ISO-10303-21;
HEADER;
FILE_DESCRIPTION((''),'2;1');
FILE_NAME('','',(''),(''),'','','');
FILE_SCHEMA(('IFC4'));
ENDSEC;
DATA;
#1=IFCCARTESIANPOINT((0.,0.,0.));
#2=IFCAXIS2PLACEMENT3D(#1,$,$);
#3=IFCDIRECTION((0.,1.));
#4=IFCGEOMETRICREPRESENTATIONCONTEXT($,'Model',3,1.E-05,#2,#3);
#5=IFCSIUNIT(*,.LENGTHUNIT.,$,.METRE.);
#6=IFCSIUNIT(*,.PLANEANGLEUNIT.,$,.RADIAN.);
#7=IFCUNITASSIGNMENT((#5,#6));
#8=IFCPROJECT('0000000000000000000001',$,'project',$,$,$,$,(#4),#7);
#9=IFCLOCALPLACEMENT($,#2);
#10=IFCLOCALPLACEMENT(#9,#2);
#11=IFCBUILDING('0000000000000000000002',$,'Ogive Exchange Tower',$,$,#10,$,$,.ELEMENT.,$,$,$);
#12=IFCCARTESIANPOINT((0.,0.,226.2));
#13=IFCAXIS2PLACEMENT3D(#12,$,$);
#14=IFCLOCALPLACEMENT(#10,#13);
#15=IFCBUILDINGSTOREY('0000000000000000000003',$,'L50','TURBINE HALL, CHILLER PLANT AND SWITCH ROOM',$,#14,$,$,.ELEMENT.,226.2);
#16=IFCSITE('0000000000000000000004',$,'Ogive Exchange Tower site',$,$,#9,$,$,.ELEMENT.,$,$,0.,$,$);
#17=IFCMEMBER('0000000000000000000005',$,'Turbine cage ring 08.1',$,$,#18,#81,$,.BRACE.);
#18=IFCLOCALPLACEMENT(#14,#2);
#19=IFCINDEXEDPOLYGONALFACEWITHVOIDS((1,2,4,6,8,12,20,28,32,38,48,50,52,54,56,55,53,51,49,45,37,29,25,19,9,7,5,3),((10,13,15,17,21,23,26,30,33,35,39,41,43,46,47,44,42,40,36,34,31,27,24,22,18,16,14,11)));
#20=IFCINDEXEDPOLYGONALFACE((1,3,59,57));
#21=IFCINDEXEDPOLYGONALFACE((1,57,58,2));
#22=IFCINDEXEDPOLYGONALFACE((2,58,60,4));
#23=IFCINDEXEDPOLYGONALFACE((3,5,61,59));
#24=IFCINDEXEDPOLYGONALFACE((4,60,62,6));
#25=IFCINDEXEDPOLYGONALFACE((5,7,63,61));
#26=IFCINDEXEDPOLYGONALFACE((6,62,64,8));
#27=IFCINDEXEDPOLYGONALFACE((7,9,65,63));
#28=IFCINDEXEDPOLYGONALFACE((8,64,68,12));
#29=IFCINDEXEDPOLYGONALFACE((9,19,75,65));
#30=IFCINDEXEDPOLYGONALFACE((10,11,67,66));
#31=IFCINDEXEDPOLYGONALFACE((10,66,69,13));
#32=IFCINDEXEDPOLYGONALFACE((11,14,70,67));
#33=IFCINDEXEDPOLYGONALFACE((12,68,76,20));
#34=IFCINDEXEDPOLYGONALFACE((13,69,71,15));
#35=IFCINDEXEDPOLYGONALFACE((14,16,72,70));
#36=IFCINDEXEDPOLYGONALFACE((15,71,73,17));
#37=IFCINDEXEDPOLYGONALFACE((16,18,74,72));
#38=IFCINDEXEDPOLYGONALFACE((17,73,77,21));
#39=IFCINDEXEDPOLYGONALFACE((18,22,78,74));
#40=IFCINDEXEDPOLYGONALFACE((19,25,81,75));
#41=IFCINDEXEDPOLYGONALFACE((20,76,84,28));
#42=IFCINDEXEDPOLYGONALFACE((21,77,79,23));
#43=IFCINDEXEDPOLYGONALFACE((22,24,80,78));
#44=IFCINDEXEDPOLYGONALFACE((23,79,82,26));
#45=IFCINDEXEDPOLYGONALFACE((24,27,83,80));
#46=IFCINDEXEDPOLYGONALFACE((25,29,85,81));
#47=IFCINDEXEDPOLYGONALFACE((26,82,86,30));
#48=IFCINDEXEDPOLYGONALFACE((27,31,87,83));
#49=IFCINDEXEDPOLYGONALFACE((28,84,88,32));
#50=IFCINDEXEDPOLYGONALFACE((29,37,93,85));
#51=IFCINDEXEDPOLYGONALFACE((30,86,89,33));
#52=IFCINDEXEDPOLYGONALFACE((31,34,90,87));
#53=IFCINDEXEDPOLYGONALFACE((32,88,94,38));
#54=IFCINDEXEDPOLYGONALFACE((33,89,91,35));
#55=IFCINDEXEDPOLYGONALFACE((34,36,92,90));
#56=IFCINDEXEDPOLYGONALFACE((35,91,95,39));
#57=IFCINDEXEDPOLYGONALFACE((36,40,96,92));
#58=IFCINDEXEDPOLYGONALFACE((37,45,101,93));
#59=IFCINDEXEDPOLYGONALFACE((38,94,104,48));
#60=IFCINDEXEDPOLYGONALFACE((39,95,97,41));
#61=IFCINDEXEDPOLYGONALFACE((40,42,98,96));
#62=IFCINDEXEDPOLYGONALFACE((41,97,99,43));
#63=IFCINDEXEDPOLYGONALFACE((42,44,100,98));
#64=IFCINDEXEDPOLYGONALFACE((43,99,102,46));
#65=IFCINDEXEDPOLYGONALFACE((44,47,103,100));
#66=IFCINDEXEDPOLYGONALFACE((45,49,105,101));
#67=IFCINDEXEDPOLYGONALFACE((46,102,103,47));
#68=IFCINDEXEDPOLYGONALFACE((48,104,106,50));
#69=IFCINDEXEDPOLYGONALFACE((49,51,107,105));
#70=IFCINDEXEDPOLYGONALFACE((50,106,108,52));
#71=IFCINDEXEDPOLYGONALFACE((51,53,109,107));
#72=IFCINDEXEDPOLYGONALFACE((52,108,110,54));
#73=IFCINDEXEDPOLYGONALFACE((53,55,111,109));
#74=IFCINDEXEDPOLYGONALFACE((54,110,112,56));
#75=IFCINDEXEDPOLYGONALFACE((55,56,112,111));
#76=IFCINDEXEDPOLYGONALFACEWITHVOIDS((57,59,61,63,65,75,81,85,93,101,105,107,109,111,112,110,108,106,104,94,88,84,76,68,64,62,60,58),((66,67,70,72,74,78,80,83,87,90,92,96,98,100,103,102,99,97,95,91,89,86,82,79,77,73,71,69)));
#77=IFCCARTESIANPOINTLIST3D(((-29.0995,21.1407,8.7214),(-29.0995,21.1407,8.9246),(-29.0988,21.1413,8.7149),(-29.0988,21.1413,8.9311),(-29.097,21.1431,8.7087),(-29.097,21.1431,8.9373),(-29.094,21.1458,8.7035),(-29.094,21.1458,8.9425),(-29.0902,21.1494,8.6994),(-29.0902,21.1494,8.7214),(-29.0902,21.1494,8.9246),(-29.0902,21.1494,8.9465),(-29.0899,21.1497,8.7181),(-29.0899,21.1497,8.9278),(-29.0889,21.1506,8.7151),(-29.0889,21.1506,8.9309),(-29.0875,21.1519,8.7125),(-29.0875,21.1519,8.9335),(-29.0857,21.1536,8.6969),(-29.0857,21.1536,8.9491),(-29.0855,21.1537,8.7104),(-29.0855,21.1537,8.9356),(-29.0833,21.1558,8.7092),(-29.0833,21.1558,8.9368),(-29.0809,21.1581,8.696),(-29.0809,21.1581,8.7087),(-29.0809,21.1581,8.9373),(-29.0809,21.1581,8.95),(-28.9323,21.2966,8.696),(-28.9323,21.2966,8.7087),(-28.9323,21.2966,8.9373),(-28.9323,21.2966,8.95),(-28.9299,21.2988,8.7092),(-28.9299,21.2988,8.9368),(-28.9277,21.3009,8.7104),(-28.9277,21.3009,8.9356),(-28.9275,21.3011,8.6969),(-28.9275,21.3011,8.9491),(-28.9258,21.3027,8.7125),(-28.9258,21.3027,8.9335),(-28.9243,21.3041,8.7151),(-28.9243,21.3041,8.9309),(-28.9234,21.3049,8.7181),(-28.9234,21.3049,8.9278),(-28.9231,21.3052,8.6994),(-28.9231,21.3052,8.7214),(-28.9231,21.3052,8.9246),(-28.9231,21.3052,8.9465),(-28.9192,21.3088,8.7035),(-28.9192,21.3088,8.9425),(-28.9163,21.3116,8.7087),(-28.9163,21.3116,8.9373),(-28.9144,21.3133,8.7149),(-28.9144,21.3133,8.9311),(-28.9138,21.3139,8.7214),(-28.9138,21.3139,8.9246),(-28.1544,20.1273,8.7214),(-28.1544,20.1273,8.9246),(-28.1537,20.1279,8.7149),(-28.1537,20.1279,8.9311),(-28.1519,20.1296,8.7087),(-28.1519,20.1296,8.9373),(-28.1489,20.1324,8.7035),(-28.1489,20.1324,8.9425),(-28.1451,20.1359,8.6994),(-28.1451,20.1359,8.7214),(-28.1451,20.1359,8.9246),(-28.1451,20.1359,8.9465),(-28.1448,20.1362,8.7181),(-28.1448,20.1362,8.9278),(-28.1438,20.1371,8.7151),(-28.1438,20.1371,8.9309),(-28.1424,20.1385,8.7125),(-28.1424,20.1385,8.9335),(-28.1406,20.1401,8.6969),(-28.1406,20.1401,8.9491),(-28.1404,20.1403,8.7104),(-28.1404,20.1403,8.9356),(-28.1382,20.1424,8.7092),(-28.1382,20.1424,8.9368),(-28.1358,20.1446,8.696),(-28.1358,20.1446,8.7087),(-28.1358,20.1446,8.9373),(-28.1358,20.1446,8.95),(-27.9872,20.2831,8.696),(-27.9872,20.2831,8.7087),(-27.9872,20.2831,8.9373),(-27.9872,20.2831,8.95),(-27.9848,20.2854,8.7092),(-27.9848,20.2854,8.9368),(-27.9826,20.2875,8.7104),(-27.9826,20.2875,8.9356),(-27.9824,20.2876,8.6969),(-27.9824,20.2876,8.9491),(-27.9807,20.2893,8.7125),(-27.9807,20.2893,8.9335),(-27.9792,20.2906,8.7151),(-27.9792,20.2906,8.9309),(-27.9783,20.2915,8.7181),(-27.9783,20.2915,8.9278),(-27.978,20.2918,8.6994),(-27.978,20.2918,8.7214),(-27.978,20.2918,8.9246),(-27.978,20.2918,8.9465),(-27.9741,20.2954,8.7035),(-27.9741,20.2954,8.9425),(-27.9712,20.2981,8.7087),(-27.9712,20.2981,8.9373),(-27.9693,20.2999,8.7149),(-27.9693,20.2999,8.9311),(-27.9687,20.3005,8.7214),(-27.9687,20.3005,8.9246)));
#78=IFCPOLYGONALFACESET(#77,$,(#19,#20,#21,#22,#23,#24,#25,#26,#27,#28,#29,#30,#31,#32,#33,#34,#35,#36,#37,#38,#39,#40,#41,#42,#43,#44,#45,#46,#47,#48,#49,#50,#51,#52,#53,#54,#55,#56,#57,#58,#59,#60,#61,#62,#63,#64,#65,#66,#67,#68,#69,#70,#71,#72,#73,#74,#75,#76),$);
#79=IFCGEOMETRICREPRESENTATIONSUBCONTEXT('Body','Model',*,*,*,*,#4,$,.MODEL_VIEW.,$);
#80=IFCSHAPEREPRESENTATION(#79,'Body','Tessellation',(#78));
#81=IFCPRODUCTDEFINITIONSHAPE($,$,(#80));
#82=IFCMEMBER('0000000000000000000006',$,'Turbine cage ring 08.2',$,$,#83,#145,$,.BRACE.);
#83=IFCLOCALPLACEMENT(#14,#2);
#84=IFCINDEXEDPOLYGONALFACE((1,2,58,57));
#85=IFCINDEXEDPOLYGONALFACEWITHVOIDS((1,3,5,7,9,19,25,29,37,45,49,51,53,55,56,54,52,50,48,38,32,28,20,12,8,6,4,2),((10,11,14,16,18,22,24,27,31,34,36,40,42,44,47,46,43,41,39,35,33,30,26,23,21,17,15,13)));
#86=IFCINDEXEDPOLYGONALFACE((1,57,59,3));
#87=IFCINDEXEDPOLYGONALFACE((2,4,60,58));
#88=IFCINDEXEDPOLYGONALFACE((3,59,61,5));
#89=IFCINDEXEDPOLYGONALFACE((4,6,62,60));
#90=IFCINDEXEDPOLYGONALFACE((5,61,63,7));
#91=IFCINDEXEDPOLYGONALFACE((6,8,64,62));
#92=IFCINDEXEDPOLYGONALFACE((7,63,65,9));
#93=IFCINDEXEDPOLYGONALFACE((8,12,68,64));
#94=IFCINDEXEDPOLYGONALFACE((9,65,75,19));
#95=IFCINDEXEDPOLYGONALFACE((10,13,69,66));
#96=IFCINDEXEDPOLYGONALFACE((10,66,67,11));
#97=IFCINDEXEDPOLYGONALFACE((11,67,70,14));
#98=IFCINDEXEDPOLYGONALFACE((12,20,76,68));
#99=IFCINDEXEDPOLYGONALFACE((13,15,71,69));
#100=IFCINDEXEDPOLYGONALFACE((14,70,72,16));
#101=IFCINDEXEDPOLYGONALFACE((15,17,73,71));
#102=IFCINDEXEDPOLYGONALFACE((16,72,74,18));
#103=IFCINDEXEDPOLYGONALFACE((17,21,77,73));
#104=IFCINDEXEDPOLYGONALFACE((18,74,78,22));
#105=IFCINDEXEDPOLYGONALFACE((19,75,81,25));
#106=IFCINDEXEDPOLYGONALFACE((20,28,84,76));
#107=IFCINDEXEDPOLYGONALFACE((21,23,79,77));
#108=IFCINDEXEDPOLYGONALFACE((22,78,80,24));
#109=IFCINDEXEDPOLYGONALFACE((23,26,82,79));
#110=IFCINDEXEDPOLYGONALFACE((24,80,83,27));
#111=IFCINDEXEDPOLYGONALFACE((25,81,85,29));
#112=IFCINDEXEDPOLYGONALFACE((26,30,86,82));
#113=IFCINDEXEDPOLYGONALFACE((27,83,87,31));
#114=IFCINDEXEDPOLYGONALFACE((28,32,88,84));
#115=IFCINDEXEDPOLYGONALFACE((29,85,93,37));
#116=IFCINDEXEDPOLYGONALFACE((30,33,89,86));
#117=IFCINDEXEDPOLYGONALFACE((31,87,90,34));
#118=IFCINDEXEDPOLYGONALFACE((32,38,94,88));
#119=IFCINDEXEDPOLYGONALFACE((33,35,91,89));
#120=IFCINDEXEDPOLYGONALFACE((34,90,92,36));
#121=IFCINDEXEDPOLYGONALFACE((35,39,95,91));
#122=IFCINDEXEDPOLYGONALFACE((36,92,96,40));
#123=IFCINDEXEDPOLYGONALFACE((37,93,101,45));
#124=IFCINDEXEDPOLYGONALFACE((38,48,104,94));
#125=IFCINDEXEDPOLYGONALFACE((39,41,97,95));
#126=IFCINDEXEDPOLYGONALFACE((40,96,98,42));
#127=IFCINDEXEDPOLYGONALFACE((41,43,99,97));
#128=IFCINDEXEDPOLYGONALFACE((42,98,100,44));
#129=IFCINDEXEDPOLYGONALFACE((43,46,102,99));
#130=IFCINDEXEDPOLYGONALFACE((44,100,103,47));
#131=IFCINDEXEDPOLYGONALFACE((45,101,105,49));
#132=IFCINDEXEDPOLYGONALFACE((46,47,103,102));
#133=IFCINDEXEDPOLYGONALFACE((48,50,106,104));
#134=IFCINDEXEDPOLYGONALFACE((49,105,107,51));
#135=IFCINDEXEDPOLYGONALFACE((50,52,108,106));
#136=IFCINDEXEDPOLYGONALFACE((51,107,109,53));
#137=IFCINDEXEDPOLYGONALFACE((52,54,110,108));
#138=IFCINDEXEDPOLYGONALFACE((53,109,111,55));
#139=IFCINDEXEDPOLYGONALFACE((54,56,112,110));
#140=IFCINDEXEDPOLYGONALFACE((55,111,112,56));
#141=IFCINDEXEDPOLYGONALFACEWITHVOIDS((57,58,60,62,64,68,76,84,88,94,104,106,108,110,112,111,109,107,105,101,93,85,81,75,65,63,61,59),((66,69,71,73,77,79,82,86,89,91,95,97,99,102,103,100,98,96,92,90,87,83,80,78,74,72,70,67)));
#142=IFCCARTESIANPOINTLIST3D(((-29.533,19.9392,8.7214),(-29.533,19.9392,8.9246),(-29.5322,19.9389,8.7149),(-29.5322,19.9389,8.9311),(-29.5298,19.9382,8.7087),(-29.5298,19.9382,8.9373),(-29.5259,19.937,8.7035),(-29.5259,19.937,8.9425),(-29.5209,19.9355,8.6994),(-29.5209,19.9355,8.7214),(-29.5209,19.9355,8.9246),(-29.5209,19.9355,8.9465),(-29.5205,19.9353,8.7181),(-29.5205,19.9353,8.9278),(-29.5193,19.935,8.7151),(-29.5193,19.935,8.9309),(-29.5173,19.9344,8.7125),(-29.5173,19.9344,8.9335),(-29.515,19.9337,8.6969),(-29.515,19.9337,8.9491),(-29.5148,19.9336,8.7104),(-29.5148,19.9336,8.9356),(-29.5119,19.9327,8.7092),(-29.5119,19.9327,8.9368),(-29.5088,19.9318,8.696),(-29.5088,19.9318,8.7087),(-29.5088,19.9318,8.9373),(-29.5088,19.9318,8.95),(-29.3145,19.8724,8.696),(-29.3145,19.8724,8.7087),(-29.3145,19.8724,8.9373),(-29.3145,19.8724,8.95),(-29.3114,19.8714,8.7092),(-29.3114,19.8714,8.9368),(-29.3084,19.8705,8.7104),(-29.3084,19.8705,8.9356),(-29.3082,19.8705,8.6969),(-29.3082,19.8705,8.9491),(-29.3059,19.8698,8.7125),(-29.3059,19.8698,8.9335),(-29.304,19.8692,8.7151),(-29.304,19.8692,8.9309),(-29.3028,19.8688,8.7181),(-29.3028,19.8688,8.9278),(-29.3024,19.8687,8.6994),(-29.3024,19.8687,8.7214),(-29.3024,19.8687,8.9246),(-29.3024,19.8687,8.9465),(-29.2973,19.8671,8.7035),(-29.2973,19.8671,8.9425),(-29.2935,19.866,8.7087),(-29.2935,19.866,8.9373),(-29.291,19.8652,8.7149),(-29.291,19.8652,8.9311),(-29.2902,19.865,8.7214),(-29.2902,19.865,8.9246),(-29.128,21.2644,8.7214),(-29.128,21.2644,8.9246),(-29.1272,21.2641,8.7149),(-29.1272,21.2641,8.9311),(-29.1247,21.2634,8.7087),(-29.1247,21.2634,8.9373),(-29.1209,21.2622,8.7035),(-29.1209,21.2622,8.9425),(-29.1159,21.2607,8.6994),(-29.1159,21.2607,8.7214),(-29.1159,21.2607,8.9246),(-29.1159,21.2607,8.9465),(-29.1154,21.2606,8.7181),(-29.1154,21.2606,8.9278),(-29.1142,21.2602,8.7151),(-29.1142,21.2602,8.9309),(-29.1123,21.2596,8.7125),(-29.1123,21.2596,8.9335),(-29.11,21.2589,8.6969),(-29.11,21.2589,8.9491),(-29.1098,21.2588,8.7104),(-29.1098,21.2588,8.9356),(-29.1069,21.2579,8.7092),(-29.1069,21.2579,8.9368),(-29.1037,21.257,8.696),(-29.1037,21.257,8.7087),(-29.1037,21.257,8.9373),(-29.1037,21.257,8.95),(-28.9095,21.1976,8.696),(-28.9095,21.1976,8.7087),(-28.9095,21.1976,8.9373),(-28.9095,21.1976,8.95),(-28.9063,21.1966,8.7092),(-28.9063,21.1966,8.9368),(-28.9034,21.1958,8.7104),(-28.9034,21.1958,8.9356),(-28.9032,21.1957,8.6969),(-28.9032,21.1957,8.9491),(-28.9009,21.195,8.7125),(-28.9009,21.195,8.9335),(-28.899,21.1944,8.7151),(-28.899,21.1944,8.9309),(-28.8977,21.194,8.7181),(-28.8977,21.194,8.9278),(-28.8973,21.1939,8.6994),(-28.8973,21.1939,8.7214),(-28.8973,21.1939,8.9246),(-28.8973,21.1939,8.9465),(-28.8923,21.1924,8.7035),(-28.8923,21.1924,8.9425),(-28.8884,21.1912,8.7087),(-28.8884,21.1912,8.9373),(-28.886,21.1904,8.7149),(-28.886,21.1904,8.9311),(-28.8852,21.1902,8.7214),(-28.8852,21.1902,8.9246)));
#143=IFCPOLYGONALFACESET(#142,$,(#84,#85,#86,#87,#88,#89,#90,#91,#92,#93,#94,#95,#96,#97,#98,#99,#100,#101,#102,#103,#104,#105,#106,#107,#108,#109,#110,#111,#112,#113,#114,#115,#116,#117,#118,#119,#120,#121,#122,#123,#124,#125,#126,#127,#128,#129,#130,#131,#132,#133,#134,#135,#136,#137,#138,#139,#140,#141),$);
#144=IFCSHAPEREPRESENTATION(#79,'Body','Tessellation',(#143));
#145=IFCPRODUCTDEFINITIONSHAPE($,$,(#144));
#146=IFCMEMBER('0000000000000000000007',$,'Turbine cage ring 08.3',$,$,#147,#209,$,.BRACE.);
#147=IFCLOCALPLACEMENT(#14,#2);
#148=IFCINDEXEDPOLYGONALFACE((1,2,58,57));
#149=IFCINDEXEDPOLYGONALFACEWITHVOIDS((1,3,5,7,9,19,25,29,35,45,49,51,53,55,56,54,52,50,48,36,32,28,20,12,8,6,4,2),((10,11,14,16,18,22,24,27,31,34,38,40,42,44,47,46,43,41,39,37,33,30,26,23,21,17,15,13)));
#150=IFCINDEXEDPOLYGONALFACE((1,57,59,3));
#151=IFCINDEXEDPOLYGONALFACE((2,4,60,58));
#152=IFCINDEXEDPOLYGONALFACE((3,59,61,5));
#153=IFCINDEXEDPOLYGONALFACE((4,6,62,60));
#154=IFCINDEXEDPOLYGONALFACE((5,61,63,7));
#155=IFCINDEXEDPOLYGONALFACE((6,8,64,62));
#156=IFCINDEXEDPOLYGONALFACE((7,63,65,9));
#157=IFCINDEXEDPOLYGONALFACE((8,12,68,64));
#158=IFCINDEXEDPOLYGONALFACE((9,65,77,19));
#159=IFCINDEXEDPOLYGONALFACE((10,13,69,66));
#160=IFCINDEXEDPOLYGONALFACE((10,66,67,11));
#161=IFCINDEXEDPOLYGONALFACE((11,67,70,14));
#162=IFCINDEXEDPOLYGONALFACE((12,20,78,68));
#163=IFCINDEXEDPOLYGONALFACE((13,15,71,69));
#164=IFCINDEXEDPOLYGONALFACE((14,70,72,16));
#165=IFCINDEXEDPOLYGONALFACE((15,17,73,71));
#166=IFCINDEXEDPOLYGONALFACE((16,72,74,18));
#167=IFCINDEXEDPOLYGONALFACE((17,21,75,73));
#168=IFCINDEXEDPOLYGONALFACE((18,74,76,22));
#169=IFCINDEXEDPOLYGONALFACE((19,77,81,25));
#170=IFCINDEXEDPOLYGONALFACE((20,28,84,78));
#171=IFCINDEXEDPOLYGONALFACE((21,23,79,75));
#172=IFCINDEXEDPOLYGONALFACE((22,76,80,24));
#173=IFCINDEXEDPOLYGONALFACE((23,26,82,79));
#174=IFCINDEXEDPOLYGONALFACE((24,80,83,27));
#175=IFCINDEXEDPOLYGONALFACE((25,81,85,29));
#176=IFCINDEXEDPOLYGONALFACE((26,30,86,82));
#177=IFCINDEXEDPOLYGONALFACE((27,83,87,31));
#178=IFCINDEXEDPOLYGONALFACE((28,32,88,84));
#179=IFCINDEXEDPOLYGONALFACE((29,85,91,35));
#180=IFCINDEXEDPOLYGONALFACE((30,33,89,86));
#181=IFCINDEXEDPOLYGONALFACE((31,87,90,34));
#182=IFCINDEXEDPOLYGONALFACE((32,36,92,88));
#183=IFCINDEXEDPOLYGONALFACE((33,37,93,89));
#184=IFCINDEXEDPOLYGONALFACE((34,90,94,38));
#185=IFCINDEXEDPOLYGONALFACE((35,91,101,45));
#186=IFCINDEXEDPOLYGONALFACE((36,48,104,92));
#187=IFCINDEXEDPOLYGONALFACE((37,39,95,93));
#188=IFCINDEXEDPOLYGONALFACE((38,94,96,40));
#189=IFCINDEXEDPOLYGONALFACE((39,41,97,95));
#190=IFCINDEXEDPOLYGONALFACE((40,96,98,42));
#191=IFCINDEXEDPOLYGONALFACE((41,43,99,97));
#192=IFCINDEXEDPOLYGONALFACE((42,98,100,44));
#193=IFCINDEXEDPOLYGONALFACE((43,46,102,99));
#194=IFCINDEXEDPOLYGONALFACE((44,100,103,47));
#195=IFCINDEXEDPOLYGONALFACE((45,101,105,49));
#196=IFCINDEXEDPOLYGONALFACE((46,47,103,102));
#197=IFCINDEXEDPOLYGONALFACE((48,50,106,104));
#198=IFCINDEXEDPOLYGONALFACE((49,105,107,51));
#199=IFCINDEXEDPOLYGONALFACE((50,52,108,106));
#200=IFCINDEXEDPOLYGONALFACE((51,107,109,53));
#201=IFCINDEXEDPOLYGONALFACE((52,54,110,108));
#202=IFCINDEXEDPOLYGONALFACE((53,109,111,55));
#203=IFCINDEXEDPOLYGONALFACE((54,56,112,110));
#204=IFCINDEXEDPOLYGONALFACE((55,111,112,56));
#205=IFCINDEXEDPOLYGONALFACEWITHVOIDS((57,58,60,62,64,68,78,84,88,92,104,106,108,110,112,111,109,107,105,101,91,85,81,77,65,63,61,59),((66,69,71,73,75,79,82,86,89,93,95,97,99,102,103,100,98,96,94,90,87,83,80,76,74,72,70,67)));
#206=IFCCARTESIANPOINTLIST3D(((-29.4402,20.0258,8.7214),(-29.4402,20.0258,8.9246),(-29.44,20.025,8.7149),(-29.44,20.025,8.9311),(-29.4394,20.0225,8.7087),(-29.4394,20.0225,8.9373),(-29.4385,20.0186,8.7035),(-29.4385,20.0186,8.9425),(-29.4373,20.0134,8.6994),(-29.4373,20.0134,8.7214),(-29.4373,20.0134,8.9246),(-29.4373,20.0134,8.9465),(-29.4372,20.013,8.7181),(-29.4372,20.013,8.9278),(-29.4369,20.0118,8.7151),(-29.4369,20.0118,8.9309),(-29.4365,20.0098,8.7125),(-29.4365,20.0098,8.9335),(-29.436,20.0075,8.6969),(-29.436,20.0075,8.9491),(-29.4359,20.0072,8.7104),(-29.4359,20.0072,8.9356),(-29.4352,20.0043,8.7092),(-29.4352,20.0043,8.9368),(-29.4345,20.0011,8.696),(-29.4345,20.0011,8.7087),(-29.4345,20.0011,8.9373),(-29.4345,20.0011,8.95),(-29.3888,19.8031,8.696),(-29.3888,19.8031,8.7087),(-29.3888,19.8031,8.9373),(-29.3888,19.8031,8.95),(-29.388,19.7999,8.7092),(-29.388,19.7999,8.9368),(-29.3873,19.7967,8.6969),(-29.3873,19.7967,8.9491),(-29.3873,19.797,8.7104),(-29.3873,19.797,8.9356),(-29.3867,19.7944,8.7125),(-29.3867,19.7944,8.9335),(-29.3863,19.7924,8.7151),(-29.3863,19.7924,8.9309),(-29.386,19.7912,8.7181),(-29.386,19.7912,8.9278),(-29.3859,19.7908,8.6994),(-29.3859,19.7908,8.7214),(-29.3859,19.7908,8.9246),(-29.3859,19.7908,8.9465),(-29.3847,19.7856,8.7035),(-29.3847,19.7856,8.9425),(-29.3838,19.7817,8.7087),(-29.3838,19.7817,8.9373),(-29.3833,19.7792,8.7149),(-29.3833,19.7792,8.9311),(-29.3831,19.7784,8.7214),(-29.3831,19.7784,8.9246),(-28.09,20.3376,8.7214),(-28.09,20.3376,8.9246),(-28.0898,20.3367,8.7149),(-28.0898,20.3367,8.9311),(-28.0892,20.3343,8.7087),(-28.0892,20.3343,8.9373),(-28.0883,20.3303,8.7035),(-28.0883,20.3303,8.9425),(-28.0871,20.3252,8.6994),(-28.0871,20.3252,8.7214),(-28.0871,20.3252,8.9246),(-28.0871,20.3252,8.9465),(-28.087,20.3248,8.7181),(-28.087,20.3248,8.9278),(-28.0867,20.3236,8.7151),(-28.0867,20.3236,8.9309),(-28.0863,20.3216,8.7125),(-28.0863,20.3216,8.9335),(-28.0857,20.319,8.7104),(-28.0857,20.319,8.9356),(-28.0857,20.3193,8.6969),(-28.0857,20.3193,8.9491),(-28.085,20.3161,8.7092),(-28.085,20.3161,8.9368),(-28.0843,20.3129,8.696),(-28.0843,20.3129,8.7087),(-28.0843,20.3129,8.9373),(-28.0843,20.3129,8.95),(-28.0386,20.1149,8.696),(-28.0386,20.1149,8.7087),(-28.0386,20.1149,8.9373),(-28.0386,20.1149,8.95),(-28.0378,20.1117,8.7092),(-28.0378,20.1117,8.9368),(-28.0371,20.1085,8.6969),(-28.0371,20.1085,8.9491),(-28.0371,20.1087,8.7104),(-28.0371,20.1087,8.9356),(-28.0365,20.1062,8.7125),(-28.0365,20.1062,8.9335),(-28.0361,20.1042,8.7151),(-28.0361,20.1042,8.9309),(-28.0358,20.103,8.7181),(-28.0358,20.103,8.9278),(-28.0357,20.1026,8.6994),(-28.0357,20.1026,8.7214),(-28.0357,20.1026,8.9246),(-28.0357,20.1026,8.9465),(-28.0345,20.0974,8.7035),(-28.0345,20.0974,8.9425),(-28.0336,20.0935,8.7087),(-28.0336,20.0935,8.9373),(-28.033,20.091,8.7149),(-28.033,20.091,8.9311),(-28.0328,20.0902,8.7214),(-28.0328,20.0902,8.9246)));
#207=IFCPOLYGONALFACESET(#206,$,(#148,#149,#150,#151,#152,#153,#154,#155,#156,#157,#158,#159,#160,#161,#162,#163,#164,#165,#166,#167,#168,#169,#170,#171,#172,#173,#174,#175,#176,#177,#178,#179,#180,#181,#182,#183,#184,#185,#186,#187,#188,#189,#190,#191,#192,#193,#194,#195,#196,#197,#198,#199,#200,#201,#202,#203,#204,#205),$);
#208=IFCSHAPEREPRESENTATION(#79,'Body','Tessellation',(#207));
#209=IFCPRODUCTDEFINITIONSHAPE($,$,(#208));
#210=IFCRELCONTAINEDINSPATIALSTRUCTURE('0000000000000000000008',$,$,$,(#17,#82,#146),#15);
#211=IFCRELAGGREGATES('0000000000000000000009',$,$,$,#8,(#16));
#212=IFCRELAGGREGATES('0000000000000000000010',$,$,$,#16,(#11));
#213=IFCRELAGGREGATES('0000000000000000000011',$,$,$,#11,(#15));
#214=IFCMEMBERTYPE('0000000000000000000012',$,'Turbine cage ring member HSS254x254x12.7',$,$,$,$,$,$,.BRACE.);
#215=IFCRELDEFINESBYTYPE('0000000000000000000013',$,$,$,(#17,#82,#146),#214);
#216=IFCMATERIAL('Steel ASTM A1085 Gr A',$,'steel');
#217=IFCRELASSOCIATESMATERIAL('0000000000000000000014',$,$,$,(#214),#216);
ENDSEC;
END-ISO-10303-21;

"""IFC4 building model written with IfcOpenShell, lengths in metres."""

from ifc_helpers import new_model, si_unit, direction, frame, origin, origin_2d, place, context, subcontext, project, spatial, hollow_rectangle, extrude, material, material_profile, profile_set, type_object, element, save


model = new_model("IFC4")

# Units and contexts
model_context = context("Model", 3, precision=1e-05, world=origin(), true_north=direction((0.0, 1.0)))
body_context = subcontext(model_context, "Body", "Model", "MODEL_VIEW")
ifc_project = project(units=[si_unit("LENGTHUNIT", "METRE"), si_unit("PLANEANGLEUNIT", "RADIAN")], contexts=[model_context])

# Site, building, storey
site_placement = place(None, origin())
site = spatial("IfcSite", under=ifc_project, at=site_placement, Name="Ogive Exchange Tower site", CompositionType="ELEMENT", RefElevation=0.0)
building_placement = place(site_placement, origin())
building = spatial("IfcBuilding", under=site, at=building_placement, Name="Ogive Exchange Tower", CompositionType="ELEMENT")
storey_placement = place(building_placement, frame((0.0, 0.0, 226.2)))
storey = spatial("IfcBuildingStorey", under=building, at=storey_placement, Name="L50", Description="TURBINE HALL, CHILLER PLANT AND SWITCH ROOM", CompositionType="ELEMENT", Elevation=226.2)

# Shared definitions
ifc_material_1 = material(Name="Steel ASTM A1085 Gr A", Category="steel")

# Members
ifc_material_profile_1 = material_profile(ifc_material_1, hollow_rectangle(XDim=0.2539, YDim=0.2539, WallThickness=0.0127, InnerFilletRadius=0.0127, OuterFilletRadius=0.0254, at=origin_2d()), Name="HSS254x254x12.7")
ifc_profile_set_1 = profile_set([ifc_material_profile_1], Name="Steel ASTM A1085 Gr A")
member_type_1 = type_object("IfcMemberType", Name="Turbine cage ring member HSS254x254x12.7", PredefinedType="BRACE", material=ifc_profile_set_1)
for number, where, z_axis, x_axis, name in (
    (1, (-28.0615, 20.2139, 8.823), (-0.682011, 0.731342, 0.0), (-0.731342, -0.682011, 0.0), "Turbine cage ring 08.1"),
    (2, (-29.0066, 21.2273, 8.823), (-0.29229, -0.95633, 0.0), (0.95633, -0.29229, 0.0), "Turbine cage ring 08.2"),
    (3, (-29.4116, 19.9021, 8.823), (0.974359, 0.225001, 0.0), (-0.225001, 0.974359, 0.0), "Turbine cage ring 08.3"),
):
    element("IfcMember", number, at=place(storey_placement, frame(where, z_axis=z_axis, x_axis=x_axis)), inside=storey, type_object=member_type_1, Name=name, PredefinedType="BRACE", context=body_context, shape_type="SweptSolid", body=[
        extrude(hollow_rectangle(XDim=0.2539, YDim=0.2539, WallThickness=0.0127, InnerFilletRadius=0.0127, OuterFilletRadius=0.0254, at=origin_2d()), origin(), (0.0, 0.0, 1.0), 1.3857),
    ])

save(model, "model.ifc")
